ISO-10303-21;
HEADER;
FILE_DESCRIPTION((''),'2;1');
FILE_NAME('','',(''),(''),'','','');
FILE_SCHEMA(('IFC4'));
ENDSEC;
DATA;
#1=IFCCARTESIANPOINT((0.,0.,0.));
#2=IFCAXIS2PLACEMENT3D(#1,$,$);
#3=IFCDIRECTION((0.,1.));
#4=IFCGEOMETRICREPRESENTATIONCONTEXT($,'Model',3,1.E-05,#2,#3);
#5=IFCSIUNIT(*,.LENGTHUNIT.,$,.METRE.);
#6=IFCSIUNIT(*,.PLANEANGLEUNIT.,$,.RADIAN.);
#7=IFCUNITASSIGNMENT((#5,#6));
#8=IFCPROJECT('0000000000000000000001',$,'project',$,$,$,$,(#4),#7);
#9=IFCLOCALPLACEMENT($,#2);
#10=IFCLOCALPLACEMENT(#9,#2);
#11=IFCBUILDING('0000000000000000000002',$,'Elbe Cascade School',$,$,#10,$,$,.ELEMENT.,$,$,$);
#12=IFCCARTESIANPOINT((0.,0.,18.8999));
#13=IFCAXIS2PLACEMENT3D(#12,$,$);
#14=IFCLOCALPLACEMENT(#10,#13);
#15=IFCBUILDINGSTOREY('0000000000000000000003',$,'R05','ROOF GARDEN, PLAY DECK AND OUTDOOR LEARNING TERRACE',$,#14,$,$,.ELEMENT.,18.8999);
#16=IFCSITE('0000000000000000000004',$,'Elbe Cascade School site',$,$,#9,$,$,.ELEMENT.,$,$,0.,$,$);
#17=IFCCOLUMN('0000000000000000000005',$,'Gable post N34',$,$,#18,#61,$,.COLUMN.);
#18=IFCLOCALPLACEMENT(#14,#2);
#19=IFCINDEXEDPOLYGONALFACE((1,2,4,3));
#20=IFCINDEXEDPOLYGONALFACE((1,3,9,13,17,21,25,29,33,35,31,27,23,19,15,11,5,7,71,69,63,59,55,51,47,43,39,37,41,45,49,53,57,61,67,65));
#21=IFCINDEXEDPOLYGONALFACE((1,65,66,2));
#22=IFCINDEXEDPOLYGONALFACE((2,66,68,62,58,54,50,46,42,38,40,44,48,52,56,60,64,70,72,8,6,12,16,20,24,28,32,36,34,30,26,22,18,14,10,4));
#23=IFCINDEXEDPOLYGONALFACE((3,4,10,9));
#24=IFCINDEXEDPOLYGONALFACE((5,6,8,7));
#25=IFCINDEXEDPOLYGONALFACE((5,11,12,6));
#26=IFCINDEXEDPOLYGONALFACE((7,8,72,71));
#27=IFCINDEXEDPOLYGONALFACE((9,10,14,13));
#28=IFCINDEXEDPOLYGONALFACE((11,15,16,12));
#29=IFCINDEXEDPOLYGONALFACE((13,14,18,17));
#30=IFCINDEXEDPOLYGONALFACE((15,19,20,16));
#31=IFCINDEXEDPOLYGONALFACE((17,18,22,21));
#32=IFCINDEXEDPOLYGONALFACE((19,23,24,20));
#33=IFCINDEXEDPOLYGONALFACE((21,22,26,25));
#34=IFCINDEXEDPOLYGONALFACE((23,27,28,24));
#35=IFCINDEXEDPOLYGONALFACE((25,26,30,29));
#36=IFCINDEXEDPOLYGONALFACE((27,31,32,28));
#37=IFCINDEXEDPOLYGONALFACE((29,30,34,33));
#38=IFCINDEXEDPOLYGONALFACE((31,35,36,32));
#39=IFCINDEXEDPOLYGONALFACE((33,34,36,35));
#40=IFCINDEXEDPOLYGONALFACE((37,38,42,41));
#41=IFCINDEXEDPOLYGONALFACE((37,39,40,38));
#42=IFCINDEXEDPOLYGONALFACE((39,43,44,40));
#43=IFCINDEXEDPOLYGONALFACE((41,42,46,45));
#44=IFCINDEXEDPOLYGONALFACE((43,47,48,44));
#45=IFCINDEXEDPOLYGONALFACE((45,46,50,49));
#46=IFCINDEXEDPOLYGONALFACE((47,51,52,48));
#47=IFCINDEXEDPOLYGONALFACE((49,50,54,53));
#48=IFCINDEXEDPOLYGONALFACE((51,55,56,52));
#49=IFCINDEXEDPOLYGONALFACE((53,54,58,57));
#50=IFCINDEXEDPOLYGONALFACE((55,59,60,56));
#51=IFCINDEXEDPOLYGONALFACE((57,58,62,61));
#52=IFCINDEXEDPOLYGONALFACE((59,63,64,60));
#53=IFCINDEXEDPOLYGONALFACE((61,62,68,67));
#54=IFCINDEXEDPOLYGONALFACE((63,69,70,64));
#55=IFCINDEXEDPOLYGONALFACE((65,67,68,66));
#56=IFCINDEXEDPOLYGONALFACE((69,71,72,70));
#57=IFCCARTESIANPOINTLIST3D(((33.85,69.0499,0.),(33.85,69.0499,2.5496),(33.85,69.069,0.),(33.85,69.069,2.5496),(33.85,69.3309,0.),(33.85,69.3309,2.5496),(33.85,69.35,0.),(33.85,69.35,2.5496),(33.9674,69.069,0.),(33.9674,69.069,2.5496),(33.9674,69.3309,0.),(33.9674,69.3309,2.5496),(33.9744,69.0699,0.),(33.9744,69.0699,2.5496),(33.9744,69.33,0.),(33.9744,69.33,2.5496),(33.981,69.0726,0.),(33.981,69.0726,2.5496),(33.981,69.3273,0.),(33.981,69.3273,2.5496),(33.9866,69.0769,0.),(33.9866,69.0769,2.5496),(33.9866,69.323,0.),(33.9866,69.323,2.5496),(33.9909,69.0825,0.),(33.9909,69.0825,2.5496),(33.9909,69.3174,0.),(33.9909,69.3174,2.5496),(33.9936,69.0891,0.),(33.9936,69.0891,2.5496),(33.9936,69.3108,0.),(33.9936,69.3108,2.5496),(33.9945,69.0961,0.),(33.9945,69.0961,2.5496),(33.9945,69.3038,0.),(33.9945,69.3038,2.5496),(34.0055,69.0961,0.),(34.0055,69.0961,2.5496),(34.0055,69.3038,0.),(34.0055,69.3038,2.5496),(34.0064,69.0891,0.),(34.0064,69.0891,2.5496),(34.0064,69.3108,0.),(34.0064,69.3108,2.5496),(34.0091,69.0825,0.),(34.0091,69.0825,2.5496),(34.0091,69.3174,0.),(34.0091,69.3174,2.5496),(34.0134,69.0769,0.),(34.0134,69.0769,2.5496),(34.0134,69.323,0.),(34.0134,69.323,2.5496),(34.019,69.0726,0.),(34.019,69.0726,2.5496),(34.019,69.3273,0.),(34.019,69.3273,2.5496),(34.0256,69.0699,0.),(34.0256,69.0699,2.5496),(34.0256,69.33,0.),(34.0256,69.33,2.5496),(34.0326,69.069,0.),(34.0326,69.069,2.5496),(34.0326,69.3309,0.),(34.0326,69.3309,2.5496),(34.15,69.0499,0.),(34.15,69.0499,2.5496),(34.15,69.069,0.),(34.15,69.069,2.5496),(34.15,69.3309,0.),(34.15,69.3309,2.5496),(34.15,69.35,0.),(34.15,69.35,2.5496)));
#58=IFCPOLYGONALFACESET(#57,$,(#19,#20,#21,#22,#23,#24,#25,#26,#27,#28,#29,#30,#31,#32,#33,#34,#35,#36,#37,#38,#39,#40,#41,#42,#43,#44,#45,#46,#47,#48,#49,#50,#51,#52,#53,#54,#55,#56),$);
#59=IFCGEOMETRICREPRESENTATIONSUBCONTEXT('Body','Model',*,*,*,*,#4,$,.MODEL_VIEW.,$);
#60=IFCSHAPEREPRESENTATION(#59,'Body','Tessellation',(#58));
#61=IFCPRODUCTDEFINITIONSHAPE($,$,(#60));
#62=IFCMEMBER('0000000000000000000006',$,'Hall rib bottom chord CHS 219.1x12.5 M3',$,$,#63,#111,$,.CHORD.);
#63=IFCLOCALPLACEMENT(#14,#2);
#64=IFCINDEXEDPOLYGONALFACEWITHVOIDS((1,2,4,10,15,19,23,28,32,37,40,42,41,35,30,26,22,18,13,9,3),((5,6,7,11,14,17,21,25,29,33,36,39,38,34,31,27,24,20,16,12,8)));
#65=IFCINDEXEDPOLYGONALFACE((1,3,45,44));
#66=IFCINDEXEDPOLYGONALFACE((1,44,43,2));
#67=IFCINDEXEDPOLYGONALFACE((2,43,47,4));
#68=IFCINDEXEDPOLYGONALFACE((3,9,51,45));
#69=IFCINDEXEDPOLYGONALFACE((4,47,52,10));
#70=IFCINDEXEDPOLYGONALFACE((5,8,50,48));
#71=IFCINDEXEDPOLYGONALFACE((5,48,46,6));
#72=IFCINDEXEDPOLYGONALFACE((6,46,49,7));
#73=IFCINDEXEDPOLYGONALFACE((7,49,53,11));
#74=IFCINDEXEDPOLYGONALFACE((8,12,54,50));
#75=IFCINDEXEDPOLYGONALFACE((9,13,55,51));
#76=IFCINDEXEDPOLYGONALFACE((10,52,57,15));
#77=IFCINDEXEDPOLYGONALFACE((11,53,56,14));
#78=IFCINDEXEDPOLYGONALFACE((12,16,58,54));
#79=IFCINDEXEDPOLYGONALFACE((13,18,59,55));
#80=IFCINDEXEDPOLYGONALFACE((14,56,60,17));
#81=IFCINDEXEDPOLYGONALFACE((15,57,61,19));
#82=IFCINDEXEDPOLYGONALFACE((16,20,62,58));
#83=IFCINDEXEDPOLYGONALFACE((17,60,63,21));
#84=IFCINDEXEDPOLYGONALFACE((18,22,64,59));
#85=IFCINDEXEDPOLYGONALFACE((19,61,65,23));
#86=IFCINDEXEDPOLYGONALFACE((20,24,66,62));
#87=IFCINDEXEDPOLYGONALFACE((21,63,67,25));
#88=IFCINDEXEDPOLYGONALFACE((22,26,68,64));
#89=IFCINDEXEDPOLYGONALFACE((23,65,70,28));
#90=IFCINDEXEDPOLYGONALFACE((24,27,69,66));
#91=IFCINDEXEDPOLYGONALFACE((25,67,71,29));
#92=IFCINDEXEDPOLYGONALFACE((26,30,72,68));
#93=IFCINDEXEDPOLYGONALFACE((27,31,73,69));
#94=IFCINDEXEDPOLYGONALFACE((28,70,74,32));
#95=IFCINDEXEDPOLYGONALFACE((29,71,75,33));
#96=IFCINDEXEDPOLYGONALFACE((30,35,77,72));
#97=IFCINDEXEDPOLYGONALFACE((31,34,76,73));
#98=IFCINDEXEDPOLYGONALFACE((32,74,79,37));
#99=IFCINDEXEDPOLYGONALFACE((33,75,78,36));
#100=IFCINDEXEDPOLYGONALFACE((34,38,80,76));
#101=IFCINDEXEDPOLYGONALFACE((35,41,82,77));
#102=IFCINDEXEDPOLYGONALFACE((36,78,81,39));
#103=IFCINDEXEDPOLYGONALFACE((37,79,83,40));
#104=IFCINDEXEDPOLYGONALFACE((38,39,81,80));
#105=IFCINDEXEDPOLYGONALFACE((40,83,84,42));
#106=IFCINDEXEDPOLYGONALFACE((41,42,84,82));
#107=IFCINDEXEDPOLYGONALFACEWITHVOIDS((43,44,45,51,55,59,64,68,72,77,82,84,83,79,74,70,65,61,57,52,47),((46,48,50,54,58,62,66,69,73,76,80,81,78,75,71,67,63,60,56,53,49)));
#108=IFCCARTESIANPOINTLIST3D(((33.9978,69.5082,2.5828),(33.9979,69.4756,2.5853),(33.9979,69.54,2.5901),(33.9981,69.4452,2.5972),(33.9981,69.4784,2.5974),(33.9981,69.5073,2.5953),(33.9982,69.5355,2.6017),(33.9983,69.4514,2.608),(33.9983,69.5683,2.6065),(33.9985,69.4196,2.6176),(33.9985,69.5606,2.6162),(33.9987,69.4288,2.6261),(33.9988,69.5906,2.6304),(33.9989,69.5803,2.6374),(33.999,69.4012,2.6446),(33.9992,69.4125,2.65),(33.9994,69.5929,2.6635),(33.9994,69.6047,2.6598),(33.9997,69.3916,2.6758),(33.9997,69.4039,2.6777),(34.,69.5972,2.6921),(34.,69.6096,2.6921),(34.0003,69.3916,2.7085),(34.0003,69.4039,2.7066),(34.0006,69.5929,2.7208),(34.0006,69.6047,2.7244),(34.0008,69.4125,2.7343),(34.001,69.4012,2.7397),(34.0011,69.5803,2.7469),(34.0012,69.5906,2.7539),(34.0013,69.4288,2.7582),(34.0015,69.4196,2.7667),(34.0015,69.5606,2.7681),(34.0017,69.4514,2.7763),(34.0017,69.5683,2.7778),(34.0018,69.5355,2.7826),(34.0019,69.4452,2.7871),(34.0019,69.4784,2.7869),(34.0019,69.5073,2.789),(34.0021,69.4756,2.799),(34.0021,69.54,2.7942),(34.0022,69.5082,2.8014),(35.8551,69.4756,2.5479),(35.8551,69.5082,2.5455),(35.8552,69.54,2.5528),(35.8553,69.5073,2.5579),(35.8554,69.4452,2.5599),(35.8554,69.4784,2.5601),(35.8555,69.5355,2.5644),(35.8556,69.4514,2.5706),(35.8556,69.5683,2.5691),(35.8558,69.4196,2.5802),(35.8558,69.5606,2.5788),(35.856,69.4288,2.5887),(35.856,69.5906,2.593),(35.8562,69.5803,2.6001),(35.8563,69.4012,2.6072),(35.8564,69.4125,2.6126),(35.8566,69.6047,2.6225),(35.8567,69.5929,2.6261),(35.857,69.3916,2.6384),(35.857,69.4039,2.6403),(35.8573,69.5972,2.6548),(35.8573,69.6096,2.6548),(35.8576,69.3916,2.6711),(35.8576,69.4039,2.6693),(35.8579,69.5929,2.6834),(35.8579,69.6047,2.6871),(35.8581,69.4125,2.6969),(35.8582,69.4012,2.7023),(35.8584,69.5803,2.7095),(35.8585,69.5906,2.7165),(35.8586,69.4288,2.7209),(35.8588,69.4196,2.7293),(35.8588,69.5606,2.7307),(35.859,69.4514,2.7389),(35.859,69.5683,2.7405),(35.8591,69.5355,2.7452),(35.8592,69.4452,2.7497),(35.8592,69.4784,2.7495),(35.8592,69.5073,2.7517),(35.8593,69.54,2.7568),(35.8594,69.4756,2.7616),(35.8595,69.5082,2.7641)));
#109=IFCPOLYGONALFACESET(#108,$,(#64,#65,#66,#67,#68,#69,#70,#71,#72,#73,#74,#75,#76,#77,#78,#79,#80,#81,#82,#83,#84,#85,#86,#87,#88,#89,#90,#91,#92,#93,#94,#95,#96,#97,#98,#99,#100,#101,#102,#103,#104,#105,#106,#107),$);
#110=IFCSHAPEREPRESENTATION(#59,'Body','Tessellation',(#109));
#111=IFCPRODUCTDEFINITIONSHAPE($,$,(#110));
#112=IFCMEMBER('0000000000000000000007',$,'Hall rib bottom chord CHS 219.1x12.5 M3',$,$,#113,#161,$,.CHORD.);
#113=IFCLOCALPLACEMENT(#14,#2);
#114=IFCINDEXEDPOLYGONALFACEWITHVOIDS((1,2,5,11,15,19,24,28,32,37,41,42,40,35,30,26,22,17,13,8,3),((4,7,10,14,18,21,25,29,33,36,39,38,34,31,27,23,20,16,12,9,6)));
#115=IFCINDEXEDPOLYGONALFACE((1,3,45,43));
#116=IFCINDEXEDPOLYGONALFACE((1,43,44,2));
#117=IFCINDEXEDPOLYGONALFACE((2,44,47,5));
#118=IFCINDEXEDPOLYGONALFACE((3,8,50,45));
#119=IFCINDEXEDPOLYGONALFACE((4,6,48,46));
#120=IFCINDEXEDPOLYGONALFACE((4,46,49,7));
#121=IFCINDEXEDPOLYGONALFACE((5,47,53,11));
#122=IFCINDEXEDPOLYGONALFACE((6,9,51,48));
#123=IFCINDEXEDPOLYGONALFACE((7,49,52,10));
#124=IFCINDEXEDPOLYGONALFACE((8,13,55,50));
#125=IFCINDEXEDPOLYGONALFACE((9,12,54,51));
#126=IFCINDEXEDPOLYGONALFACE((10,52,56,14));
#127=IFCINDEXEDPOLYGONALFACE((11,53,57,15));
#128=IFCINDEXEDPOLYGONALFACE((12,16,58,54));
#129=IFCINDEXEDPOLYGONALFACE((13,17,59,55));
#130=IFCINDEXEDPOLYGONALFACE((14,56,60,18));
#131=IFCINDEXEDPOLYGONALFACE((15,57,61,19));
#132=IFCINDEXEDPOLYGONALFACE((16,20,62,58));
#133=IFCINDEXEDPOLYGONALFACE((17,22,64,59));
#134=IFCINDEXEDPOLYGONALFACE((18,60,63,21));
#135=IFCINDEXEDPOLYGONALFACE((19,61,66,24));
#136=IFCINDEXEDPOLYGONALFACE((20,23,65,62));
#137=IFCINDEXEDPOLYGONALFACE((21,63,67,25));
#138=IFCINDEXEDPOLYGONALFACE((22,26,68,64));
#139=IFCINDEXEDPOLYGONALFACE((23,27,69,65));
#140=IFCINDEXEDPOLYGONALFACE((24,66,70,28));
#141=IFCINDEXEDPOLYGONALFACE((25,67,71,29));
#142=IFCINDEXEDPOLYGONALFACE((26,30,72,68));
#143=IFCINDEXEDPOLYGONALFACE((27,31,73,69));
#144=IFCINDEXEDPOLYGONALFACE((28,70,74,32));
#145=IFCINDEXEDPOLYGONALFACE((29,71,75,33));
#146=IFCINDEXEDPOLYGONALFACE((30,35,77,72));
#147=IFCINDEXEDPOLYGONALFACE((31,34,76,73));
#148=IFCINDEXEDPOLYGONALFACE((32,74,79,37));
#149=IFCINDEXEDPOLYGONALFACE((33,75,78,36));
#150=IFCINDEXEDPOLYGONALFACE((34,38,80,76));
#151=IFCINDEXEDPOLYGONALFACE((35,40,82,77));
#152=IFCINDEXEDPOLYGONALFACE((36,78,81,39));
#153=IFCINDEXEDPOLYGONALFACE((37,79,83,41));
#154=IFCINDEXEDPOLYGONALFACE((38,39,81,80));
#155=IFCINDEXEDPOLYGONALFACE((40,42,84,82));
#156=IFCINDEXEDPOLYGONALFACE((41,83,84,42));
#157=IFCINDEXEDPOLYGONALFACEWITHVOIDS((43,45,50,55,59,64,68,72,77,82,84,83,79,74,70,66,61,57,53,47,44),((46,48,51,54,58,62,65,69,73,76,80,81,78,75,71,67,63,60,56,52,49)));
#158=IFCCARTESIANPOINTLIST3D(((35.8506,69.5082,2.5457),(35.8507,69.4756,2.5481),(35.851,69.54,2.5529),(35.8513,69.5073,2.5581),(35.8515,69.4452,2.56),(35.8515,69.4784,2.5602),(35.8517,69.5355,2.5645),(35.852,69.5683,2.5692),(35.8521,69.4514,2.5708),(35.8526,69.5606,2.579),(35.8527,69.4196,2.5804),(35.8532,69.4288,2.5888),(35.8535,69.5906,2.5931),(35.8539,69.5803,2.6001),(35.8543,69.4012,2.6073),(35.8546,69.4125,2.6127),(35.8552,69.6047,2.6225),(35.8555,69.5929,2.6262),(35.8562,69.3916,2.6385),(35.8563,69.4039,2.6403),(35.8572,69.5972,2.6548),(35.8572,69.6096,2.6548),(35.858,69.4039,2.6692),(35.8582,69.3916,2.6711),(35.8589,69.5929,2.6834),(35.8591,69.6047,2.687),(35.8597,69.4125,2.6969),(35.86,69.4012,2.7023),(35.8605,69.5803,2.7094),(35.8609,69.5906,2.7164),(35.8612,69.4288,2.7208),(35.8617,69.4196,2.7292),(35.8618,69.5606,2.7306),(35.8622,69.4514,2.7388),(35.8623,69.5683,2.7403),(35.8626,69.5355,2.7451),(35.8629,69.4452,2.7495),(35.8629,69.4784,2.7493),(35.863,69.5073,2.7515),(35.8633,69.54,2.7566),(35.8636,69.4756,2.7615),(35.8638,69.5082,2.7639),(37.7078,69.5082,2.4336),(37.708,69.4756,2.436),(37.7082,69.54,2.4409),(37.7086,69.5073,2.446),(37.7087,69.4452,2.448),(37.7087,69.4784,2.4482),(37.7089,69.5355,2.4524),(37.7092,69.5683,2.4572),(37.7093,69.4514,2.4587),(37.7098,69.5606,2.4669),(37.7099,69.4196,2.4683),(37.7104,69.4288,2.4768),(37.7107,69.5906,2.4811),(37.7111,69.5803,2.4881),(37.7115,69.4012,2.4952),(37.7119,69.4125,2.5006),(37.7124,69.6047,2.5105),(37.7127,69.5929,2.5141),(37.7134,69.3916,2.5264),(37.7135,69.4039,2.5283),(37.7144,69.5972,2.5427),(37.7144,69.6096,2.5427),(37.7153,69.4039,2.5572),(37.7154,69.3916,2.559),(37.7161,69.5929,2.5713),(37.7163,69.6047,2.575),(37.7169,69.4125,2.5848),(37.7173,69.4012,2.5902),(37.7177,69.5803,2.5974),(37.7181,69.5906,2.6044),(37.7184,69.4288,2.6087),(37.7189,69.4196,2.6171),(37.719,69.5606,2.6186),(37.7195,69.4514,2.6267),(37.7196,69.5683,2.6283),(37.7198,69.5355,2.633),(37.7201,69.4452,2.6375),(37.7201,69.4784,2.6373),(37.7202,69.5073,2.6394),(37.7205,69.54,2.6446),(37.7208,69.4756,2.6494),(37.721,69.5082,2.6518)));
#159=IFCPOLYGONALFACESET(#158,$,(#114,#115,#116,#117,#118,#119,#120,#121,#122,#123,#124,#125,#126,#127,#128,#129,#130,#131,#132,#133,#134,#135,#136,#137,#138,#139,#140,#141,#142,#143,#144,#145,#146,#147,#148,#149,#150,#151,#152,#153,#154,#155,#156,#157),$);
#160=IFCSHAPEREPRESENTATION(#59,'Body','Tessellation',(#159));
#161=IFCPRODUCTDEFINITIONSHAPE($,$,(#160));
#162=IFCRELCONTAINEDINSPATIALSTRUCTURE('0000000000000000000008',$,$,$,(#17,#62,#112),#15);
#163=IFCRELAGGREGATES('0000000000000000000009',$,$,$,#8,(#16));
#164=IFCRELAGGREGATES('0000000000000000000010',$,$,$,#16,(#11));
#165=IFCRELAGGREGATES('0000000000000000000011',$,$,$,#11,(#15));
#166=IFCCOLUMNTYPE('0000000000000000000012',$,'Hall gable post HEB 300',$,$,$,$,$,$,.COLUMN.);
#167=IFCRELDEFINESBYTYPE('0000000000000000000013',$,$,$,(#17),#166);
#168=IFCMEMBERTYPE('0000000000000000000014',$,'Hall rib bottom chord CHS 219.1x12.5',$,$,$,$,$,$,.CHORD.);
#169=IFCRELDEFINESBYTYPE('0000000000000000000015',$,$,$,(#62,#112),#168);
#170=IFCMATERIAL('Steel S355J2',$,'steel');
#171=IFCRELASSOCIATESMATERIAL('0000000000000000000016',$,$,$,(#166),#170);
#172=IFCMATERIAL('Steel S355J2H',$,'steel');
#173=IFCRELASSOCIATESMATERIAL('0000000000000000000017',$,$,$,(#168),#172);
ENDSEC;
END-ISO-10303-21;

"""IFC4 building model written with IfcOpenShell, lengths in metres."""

from ifc_helpers import new_model, si_unit, direction, frame, origin, origin_2d, place, context, subcontext, project, spatial, hollow_circle, i_section, extrude, material, material_profile, profile_set, type_object, element, save


model = new_model("IFC4")

# Units and contexts
model_context = context("Model", 3, precision=1e-05, world=origin(), true_north=direction((0.0, 1.0)))
body_context = subcontext(model_context, "Body", "Model", "MODEL_VIEW")
ifc_project = project(units=[si_unit("LENGTHUNIT", "METRE"), si_unit("PLANEANGLEUNIT", "RADIAN")], contexts=[model_context])

# Site, building, storey
site_placement = place(None, origin())
site = spatial("IfcSite", under=ifc_project, at=site_placement, Name="Elbe Cascade School site", CompositionType="ELEMENT", RefElevation=0.0)
building_placement = place(site_placement, origin())
building = spatial("IfcBuilding", under=site, at=building_placement, Name="Elbe Cascade School", CompositionType="ELEMENT")
storey_placement = place(building_placement, frame((0.0, 0.0, 18.8999)))
storey = spatial("IfcBuildingStorey", under=building, at=storey_placement, Name="R05", Description="ROOF GARDEN, PLAY DECK AND OUTDOOR LEARNING TERRACE", CompositionType="ELEMENT", Elevation=18.8999)

# Column
ifc_material_1 = material(Name="Steel S355J2", Category="steel")
ifc_material_profile_1 = material_profile(ifc_material_1, i_section(OverallWidth=0.3, OverallDepth=0.3, WebThickness=0.011, FlangeThickness=0.019, FilletRadius=0.0271, at=origin_2d()), Name="HEB 300")
ifc_profile_set_1 = profile_set([ifc_material_profile_1], Name="Steel S355J2")
column_type = type_object("IfcColumnType", Name="Hall gable post HEB 300", PredefinedType="COLUMN", material=ifc_profile_set_1)
column_placement = place(storey_placement, frame((34.0, 69.2, 0.0), z_axis=(0.0, 0.0, 1.0), x_axis=(1.0, 0.0, 0.0)))
element("IfcColumn", 1, at=column_placement, inside=storey, type_object=column_type, Name="Gable post N34", PredefinedType="COLUMN", context=body_context, shape_type="SweptSolid", body=[
    extrude(i_section(OverallWidth=0.3, OverallDepth=0.3, WebThickness=0.011, FlangeThickness=0.019, FilletRadius=0.0271, at=origin_2d()), origin(), (0.0, 0.0, 1.0), 2.5496),
])

# Members
ifc_material_2 = material(Name="Steel S355J2H", Category="steel")
ifc_material_profile_2 = material_profile(ifc_material_2, hollow_circle(Radius=0.1096, WallThickness=0.0125, at=origin_2d()), Name="CHS 219.1x12.5")
ifc_profile_set_2 = profile_set([ifc_material_profile_2], Name="Steel S355J2H")
member_type_1 = type_object("IfcMemberType", Name="Hall rib bottom chord CHS 219.1x12.5", PredefinedType="CHORD", material=ifc_profile_set_2)
member_1_placement = place(storey_placement, frame((34.0, 69.5, 2.6921), z_axis=(0.999798, 0.0, -0.020109), x_axis=(0.0, 1.0, 0.0)))
element("IfcMember", 2, at=member_1_placement, inside=storey, type_object=member_type_1, Name="Hall rib bottom chord CHS 219.1x12.5 M3", PredefinedType="CHORD", context=body_context, shape_type="SweptSolid", body=[
    extrude(hollow_circle(Radius=0.1096, WallThickness=0.0125, at=origin_2d()), origin(), (0.0, 0.0, 1.0), 1.8577),
])
member_2_placement = place(storey_placement, frame((35.8572, 69.5, 2.6548), z_axis=(0.998185, 0.0, -0.06023), x_axis=(0.0, 1.0, 0.0)))
element("IfcMember", 3, at=member_2_placement, inside=storey, type_object=member_type_1, Name="Hall rib bottom chord CHS 219.1x12.5 M3", PredefinedType="CHORD", context=body_context, shape_type="SweptSolid", body=[
    extrude(hollow_circle(Radius=0.1096, WallThickness=0.0125, at=origin_2d()), origin(), (0.0, 0.0, 1.0), 1.8606),
])

save(model, "model.ifc")
